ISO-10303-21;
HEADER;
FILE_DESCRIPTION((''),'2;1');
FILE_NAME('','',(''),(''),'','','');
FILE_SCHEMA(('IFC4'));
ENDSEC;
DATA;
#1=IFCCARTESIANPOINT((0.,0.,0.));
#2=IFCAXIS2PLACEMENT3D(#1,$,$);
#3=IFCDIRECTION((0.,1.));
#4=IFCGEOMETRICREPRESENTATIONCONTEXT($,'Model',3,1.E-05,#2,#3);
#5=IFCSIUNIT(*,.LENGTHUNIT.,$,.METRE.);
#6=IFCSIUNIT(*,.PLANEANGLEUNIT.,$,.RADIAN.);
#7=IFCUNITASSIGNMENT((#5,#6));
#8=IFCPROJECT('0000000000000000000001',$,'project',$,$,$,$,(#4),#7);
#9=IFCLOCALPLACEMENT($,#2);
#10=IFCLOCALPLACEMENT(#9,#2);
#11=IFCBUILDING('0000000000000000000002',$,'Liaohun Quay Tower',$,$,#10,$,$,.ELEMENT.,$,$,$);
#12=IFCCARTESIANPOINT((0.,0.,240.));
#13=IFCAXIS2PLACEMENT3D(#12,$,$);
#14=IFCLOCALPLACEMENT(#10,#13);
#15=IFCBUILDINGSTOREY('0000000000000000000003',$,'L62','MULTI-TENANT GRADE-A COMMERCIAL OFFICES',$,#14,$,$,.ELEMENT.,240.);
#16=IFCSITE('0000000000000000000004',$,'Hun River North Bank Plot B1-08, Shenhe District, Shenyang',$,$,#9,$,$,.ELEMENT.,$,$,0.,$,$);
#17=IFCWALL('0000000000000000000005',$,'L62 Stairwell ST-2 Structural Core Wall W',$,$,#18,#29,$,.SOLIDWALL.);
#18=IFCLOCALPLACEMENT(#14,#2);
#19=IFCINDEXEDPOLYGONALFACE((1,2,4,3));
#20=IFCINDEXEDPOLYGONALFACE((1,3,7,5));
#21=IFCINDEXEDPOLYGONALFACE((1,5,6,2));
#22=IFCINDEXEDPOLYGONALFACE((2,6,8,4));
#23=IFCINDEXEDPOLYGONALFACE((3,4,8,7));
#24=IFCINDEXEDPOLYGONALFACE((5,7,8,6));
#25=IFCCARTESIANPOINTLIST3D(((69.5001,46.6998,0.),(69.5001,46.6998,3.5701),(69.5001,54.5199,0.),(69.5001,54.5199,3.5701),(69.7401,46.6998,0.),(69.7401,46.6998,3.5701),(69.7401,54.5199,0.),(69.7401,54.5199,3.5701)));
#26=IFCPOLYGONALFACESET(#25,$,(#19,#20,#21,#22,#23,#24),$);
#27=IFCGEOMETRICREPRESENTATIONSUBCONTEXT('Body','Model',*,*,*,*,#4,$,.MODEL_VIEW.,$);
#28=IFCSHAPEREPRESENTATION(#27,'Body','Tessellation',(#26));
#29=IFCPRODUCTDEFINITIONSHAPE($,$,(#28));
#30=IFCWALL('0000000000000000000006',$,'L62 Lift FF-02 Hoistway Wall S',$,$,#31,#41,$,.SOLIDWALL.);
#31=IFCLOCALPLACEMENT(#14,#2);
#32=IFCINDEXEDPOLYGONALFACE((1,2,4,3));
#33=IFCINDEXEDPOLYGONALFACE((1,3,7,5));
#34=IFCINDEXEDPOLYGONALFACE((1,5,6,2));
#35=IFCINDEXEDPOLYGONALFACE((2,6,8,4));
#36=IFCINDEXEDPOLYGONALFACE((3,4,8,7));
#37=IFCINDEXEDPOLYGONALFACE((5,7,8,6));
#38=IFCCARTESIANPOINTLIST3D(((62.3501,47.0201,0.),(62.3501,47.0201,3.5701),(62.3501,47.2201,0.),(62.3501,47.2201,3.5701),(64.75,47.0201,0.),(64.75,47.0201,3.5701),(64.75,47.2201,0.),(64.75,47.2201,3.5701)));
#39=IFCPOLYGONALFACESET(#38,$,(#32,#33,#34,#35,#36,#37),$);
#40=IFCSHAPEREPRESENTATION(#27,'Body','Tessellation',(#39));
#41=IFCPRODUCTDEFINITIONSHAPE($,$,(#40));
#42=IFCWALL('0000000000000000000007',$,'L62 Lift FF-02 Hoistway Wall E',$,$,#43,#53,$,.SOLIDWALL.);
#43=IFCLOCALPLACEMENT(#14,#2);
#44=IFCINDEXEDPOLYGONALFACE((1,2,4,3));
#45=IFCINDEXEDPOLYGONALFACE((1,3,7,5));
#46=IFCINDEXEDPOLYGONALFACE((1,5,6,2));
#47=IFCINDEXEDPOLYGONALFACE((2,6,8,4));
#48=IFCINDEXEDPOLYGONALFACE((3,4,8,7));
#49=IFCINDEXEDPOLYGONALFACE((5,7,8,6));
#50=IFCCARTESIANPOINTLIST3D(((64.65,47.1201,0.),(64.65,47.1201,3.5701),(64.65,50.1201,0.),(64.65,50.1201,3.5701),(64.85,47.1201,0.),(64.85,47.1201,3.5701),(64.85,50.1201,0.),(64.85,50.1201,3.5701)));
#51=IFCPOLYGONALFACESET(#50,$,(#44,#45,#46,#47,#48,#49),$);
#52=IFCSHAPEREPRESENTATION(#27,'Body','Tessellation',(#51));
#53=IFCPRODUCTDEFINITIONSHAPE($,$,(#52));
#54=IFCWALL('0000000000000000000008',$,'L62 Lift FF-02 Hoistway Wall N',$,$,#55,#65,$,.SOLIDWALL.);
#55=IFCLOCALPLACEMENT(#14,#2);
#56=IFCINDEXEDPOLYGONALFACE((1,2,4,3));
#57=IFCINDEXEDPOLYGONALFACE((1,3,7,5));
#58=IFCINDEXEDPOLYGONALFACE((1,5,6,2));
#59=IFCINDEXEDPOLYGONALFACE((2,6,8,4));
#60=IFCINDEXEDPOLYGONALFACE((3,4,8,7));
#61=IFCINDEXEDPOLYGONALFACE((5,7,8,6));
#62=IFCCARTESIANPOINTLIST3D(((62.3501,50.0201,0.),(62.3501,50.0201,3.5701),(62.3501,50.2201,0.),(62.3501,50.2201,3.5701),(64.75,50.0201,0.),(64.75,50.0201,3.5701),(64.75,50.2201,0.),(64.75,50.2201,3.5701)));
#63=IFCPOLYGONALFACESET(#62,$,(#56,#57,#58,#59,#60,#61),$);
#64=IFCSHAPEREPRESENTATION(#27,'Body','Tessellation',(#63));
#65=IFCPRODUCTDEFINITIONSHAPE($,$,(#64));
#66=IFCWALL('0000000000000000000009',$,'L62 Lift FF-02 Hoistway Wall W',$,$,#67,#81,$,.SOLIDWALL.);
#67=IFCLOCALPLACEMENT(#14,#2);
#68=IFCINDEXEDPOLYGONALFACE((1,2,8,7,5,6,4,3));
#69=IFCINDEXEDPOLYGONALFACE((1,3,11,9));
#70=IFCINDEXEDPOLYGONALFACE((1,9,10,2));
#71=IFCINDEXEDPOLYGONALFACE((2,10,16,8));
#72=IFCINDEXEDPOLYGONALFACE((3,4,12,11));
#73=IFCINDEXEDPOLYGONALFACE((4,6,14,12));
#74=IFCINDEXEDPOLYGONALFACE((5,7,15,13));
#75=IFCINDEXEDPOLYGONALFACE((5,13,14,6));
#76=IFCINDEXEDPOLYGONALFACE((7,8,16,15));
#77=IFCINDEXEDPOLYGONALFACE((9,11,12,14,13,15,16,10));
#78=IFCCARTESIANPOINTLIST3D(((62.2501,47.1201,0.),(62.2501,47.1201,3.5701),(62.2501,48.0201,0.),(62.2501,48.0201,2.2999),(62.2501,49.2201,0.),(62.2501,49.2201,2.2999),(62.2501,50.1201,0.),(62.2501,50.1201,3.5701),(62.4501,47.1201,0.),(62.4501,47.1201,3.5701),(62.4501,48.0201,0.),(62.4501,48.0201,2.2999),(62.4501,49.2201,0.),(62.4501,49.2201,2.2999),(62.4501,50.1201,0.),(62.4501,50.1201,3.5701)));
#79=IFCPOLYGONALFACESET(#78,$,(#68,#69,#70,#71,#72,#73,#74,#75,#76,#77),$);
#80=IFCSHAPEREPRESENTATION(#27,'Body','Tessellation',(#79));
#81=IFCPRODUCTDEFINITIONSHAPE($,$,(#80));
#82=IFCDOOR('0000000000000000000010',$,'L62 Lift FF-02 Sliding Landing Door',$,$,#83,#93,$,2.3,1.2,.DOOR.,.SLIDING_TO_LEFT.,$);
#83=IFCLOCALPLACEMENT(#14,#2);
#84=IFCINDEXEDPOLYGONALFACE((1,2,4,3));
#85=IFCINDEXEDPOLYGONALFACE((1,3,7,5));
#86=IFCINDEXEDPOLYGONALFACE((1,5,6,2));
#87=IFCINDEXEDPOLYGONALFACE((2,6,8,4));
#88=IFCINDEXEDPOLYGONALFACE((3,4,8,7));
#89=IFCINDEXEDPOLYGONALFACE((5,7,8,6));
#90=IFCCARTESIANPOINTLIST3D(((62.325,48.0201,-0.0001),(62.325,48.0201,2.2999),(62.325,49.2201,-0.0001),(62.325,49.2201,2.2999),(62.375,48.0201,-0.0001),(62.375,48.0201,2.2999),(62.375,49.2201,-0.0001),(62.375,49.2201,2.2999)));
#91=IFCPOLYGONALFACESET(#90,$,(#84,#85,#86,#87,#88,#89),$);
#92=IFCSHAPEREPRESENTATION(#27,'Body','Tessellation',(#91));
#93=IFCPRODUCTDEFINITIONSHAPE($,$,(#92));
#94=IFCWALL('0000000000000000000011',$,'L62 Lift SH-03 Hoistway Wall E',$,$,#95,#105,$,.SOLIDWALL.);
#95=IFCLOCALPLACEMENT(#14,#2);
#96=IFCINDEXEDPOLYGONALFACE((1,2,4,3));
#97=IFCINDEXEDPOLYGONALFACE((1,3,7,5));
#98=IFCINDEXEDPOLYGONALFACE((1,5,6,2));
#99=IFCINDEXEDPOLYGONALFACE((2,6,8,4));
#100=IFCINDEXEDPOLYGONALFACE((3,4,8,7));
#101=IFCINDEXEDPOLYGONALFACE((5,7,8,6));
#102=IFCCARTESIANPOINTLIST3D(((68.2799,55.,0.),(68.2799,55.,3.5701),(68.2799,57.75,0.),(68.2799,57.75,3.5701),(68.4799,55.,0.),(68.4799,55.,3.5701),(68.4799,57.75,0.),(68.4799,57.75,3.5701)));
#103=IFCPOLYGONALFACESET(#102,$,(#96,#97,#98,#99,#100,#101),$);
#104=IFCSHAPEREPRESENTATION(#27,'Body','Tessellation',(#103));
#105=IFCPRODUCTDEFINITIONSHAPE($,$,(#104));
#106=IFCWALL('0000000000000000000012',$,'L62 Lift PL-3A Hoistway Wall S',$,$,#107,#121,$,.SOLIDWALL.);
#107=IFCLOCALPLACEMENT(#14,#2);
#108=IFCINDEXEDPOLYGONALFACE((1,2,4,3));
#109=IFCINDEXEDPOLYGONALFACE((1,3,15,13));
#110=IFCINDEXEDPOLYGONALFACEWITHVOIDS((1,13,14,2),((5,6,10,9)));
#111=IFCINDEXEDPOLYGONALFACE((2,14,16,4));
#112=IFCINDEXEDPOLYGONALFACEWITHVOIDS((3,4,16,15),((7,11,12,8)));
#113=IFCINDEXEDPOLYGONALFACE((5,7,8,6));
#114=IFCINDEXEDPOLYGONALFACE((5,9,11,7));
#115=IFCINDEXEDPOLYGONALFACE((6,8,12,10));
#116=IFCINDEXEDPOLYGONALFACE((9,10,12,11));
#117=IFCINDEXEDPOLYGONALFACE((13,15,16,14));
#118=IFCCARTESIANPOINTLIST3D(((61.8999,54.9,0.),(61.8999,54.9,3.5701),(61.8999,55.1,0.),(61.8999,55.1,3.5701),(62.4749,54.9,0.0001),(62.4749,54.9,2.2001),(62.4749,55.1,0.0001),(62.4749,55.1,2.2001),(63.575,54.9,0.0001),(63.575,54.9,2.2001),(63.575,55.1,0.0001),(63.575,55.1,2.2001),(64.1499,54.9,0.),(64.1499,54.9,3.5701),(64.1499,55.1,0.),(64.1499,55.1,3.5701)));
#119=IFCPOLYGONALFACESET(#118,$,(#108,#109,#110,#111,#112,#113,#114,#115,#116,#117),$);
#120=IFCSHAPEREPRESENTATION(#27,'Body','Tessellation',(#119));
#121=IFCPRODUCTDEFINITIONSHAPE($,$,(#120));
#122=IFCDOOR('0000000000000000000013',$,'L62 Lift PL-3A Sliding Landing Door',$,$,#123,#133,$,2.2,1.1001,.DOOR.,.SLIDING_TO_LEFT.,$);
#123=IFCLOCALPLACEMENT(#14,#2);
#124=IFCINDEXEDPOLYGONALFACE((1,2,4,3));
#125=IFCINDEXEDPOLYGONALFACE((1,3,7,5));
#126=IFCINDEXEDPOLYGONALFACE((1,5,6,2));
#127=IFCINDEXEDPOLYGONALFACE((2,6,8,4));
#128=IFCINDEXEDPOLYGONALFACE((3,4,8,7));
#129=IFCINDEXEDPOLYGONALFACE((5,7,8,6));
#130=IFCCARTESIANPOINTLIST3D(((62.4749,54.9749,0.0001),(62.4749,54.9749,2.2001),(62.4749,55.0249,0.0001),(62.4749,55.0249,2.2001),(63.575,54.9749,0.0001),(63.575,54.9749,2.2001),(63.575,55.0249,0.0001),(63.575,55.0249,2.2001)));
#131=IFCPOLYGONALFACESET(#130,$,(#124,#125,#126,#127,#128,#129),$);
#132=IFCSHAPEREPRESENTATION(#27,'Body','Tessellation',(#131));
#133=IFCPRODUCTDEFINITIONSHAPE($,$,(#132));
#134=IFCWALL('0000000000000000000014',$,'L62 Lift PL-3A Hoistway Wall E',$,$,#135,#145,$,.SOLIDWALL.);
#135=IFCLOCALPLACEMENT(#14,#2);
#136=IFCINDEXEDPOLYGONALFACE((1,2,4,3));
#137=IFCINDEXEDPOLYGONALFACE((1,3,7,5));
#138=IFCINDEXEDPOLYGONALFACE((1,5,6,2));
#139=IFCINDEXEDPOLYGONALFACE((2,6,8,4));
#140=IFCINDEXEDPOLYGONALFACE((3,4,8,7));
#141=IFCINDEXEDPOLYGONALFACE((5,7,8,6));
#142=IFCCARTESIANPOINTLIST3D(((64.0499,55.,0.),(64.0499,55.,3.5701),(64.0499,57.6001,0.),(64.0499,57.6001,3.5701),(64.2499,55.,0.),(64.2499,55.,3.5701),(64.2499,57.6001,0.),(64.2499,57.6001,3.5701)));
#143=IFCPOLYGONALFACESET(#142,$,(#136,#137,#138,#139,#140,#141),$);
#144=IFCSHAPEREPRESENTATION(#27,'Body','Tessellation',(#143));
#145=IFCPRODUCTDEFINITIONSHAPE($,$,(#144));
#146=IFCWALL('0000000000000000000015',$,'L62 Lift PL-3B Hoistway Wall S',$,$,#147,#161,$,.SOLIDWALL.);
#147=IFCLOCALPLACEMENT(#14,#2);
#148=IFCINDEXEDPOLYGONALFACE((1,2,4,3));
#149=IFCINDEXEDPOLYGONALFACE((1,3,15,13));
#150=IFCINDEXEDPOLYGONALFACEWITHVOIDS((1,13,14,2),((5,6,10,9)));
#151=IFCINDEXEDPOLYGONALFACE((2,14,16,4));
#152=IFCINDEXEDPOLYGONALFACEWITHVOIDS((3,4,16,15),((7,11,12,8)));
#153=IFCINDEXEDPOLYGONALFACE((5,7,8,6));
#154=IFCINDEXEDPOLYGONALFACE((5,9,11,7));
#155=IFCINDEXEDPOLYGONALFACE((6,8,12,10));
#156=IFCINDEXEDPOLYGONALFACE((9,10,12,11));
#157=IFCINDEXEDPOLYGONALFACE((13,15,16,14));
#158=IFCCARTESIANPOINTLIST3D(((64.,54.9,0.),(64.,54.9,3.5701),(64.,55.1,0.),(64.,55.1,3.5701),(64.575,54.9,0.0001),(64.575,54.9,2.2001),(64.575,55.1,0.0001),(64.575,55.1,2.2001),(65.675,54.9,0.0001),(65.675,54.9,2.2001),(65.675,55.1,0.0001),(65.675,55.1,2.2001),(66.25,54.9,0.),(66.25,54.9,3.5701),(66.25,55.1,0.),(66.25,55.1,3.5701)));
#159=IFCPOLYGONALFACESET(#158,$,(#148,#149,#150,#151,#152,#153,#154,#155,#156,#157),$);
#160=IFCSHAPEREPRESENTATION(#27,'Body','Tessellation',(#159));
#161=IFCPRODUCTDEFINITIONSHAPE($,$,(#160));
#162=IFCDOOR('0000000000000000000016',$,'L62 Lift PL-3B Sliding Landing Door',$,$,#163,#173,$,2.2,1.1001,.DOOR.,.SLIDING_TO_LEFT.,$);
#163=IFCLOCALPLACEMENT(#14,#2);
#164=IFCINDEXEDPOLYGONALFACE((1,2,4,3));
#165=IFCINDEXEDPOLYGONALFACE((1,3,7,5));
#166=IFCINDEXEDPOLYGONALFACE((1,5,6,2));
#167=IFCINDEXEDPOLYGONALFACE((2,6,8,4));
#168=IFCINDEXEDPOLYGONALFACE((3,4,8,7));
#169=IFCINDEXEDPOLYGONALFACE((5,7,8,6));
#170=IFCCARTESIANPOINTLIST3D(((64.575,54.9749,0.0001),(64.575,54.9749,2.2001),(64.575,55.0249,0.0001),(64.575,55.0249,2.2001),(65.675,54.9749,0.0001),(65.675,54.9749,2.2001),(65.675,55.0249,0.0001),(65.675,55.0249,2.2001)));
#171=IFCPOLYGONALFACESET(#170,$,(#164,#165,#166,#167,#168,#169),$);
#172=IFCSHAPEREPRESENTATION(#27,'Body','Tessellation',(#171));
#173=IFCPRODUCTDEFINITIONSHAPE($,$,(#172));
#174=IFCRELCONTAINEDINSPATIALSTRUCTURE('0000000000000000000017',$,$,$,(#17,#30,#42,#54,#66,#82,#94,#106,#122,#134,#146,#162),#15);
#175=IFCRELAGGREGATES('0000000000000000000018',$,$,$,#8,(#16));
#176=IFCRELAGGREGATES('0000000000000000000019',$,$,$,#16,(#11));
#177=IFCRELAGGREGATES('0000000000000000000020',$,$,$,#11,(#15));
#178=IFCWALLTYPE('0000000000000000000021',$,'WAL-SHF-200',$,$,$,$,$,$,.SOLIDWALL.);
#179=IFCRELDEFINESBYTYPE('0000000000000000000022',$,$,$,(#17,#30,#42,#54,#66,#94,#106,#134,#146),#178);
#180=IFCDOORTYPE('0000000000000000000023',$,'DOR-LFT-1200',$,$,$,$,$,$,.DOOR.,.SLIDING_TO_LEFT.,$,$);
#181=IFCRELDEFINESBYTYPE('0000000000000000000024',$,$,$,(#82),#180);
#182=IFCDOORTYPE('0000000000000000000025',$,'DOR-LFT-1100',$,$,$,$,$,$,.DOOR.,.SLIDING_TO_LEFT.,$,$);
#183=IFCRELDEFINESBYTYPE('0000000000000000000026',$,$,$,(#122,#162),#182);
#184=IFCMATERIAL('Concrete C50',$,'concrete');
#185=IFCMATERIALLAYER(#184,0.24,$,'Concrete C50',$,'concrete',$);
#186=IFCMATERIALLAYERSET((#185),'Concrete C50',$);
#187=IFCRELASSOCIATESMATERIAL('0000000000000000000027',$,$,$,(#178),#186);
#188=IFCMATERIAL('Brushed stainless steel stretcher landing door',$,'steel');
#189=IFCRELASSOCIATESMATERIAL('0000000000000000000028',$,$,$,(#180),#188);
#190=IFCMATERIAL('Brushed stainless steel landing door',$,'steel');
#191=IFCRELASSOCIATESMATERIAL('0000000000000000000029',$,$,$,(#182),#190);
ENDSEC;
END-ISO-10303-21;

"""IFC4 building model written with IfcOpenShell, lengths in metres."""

from ifc_helpers import new_model, si_unit, direction, frame, frame_2d, origin, place, context, subcontext, project, spatial, rectangle, extrude, source, transform, mapped, material, layer, layer_set, type_object, element, fill, save


model = new_model("IFC4")

# Units and contexts
model_context = context("Model", 3, precision=1e-05, world=origin(), true_north=direction((0.0, 1.0)))
body_context = subcontext(model_context, "Body", "Model", "MODEL_VIEW")
ifc_project = project(units=[si_unit("LENGTHUNIT", "METRE"), si_unit("PLANEANGLEUNIT", "RADIAN")], contexts=[model_context])

# Site, building, storey
site_placement = place(None, origin())
site = spatial("IfcSite", under=ifc_project, at=site_placement, Name="Hun River North Bank Plot B1-08, Shenhe District, Shenyang", CompositionType="ELEMENT", RefElevation=0.0)
building_placement = place(site_placement, origin())
building = spatial("IfcBuilding", under=site, at=building_placement, Name="Liaohun Quay Tower", CompositionType="ELEMENT")
storey_placement = place(building_placement, frame((0.0, 0.0, 240.0)))
storey = spatial("IfcBuildingStorey", under=building, at=storey_placement, Name="L62", Description="MULTI-TENANT GRADE-A COMMERCIAL OFFICES", CompositionType="ELEMENT", Elevation=240.0)

# Shared definitions
ifc_material_1 = material(Name="Concrete C50", Category="concrete")
ifc_layer_1 = layer(ifc_material_1, 0.24, Name="Concrete C50", Category="concrete")
ifc_layer_set_1 = layer_set([ifc_layer_1], Name="Concrete C50")
wall_type_1 = type_object("IfcWallType", Name="WAL-SHF-200", PredefinedType="SOLIDWALL", material=ifc_layer_set_1)

# Walls
wall_1_placement = place(storey_placement, frame((69.6201, 54.52, 0.0), z_axis=(0.0, 0.0, 1.0), x_axis=(0.0, -1.0, 0.0)))
element("IfcWall", 1, at=wall_1_placement, inside=storey, type_object=wall_type_1, Name="L62 Stairwell ST-2 Structural Core Wall W", PredefinedType="SOLIDWALL", context=body_context, shape_type="SweptSolid", body=[
    extrude(rectangle(XDim=7.8201, YDim=0.24, at=frame_2d((3.9102, 0.0))), origin(), (0.0, 0.0, 1.0), 3.5701),
])
wall_2_placement = place(storey_placement, frame((62.3501, 47.1201, 0.0), z_axis=(0.0, 0.0, 1.0), x_axis=(1.0, 0.0, 0.0)))
element("IfcWall", 2, at=wall_2_placement, inside=storey, type_object=wall_type_1, Name="L62 Lift FF-02 Hoistway Wall S", PredefinedType="SOLIDWALL", context=body_context, shape_type="SweptSolid", body=[
    extrude(rectangle(XDim=2.3999, YDim=0.2, at=frame_2d((1.2, 0.0))), origin(), (0.0, 0.0, 1.0), 3.5701),
])
wall_3_placement = place(storey_placement, frame((64.75, 47.1201, 0.0), z_axis=(0.0, 0.0, 1.0), x_axis=(0.0, 1.0, 0.0)))
element("IfcWall", 3, at=wall_3_placement, inside=storey, type_object=wall_type_1, Name="L62 Lift FF-02 Hoistway Wall E", PredefinedType="SOLIDWALL", context=body_context, shape_type="SweptSolid", body=[
    extrude(rectangle(XDim=3.0, YDim=0.2, at=frame_2d((1.5, 0.0))), origin(), (0.0, 0.0, 1.0), 3.5701),
])
wall_4_placement = place(storey_placement, frame((64.75, 50.1201, 0.0), z_axis=(0.0, 0.0, 1.0), x_axis=(-1.0, 0.0, 0.0)))
element("IfcWall", 4, at=wall_4_placement, inside=storey, type_object=wall_type_1, Name="L62 Lift FF-02 Hoistway Wall N", PredefinedType="SOLIDWALL", context=body_context, shape_type="SweptSolid", body=[
    extrude(rectangle(XDim=2.3999, YDim=0.2, at=frame_2d((1.2, 0.0))), origin(), (0.0, 0.0, 1.0), 3.5701),
])

# Wall, opening, door
wall_5_placement = place(storey_placement, frame((62.3501, 50.1201, 0.0), z_axis=(0.0, 0.0, 1.0), x_axis=(0.0, -1.0, 0.0)))
wall_5 = element("IfcWall", 5, at=wall_5_placement, inside=storey, type_object=wall_type_1, Name="L62 Lift FF-02 Hoistway Wall W", PredefinedType="SOLIDWALL", context=body_context, shape_type="SweptSolid", body=[
    extrude(rectangle(XDim=3.0, YDim=0.2, at=frame_2d((1.5, 0.0))), origin(), (0.0, 0.0, 1.0), 3.5701),
])
shared_shape_1 = source(origin(), body_context, "Body", "SweptSolid", [
    extrude(rectangle(XDim=1.2, YDim=2.3, at=frame_2d((0.6001, 1.1499))), frame((0.0, 0.1099, 0.0), z_axis=(0.0, -1.0, 0.0), x_axis=(1.0, 0.0, 0.0)), (0.0, 0.0, 1.0), 0.22),
])
opening_1_placement = place(wall_5_placement, frame((0.8999, 0.0, 0.0)))
opening_1 = element("IfcOpeningElement", 6, at=opening_1_placement, cuts=wall_5, PredefinedType="OPENING", context=body_context, shape_type="MappedRepresentation", body=[
    mapped(shared_shape_1, transform((0.0, 0.0, 0.0), x_axis=(1.0, 0.0, 0.0), y_axis=(0.0, 1.0, 0.0), z_axis=(0.0, 0.0, 1.0), scale=1.0)),
])
ifc_material_2 = material(Name="Brushed stainless steel stretcher landing door", Category="steel")
door_type_1 = type_object("IfcDoorType", Name="DOR-LFT-1200", OperationType="SLIDING_TO_LEFT", PredefinedType="DOOR", material=ifc_material_2)
shared_shape_2 = source(origin(), body_context, "Body", "SweptSolid", [
    extrude(rectangle(XDim=1.2, YDim=2.3, at=frame_2d((0.6001, 1.1499))), frame((0.0, 0.0249, 0.0), z_axis=(0.0, -1.0, 0.0), x_axis=(1.0, 0.0, 0.0)), (0.0, 0.0, 1.0), 0.05),
])
door_1_placement = place(opening_1_placement, origin())
door_1 = element("IfcDoor", 7, at=door_1_placement, inside=storey, type_object=door_type_1, Name="L62 Lift FF-02 Sliding Landing Door", OperationType="SLIDING_TO_LEFT", OverallHeight=2.3, OverallWidth=1.2, PredefinedType="DOOR", context=body_context, shape_type="MappedRepresentation", body=[
    mapped(shared_shape_2, transform((0.0, 0.0, 0.0), x_axis=(1.0, 0.0, 0.0), y_axis=(0.0, 1.0, 0.0), z_axis=(0.0, 0.0, 1.0), scale=1.0)),
])
fill(opening_1, door_1)

# Wall
wall_6_placement = place(storey_placement, frame((68.3799, 55.0, 0.0), z_axis=(0.0, 0.0, 1.0), x_axis=(0.0, 1.0, 0.0)))
element("IfcWall", 8, at=wall_6_placement, inside=storey, type_object=wall_type_1, Name="L62 Lift SH-03 Hoistway Wall E", PredefinedType="SOLIDWALL", context=body_context, shape_type="SweptSolid", body=[
    extrude(rectangle(XDim=2.75, YDim=0.2, at=frame_2d((1.375, 0.0))), origin(), (0.0, 0.0, 1.0), 3.5701),
])

# Wall, opening, door
wall_7_placement = place(storey_placement, frame((61.8999, 55.0, 0.0), z_axis=(0.0, 0.0, 1.0), x_axis=(1.0, 0.0, 0.0)))
wall_7 = element("IfcWall", 9, at=wall_7_placement, inside=storey, type_object=wall_type_1, Name="L62 Lift PL-3A Hoistway Wall S", PredefinedType="SOLIDWALL", context=body_context, shape_type="SweptSolid", body=[
    extrude(rectangle(XDim=2.25, YDim=0.2, at=frame_2d((1.125, 0.0))), origin(), (0.0, 0.0, 1.0), 3.5701),
])
shared_shape_3 = source(origin(), body_context, "Body", "SweptSolid", [
    extrude(rectangle(XDim=1.1001, YDim=2.2, at=frame_2d((0.55, 1.1001))), frame((0.0, 0.1099, 0.0), z_axis=(0.0, -1.0, 0.0), x_axis=(1.0, 0.0, 0.0)), (0.0, 0.0, 1.0), 0.22),
])
opening_2_placement = place(wall_7_placement, frame((0.575, 0.0, 0.0)))
opening_2 = element("IfcOpeningElement", 10, at=opening_2_placement, cuts=wall_7, PredefinedType="OPENING", context=body_context, shape_type="MappedRepresentation", body=[
    mapped(shared_shape_3, transform((0.0, 0.0, 0.0), x_axis=(1.0, 0.0, 0.0), y_axis=(0.0, 1.0, 0.0), z_axis=(0.0, 0.0, 1.0), scale=1.0)),
])
ifc_material_3 = material(Name="Brushed stainless steel landing door", Category="steel")
door_type_2 = type_object("IfcDoorType", Name="DOR-LFT-1100", OperationType="SLIDING_TO_LEFT", PredefinedType="DOOR", material=ifc_material_3)
shared_shape_4 = source(origin(), body_context, "Body", "SweptSolid", [
    extrude(rectangle(XDim=1.1001, YDim=2.2, at=frame_2d((0.55, 1.1001))), frame((0.0, 0.0249, 0.0), z_axis=(0.0, -1.0, 0.0), x_axis=(1.0, 0.0, 0.0)), (0.0, 0.0, 1.0), 0.05),
])
door_2_placement = place(opening_2_placement, origin())
door_2 = element("IfcDoor", 11, at=door_2_placement, inside=storey, type_object=door_type_2, Name="L62 Lift PL-3A Sliding Landing Door", OperationType="SLIDING_TO_LEFT", OverallHeight=2.2, OverallWidth=1.1001, PredefinedType="DOOR", context=body_context, shape_type="MappedRepresentation", body=[
    mapped(shared_shape_4, transform((0.0, 0.0, 0.0), x_axis=(1.0, 0.0, 0.0), y_axis=(0.0, 1.0, 0.0), z_axis=(0.0, 0.0, 1.0), scale=1.0)),
])
fill(opening_2, door_2)

# Wall
wall_8_placement = place(storey_placement, frame((64.1499, 55.0, 0.0), z_axis=(0.0, 0.0, 1.0), x_axis=(0.0, 1.0, 0.0)))
element("IfcWall", 12, at=wall_8_placement, inside=storey, type_object=wall_type_1, Name="L62 Lift PL-3A Hoistway Wall E", PredefinedType="SOLIDWALL", context=body_context, shape_type="SweptSolid", body=[
    extrude(rectangle(XDim=2.6001, YDim=0.2, at=frame_2d((1.3, 0.0))), origin(), (0.0, 0.0, 1.0), 3.5701),
])

# Wall, opening, door
wall_9_placement = place(storey_placement, frame((64.0, 55.0, 0.0), z_axis=(0.0, 0.0, 1.0), x_axis=(1.0, 0.0, 0.0)))
wall_9 = element("IfcWall", 13, at=wall_9_placement, inside=storey, type_object=wall_type_1, Name="L62 Lift PL-3B Hoistway Wall S", PredefinedType="SOLIDWALL", context=body_context, shape_type="SweptSolid", body=[
    extrude(rectangle(XDim=2.25, YDim=0.2, at=frame_2d((1.125, 0.0))), origin(), (0.0, 0.0, 1.0), 3.5701),
])
opening_3_placement = place(wall_9_placement, frame((0.575, 0.0, 0.0)))
opening_3 = element("IfcOpeningElement", 14, at=opening_3_placement, cuts=wall_9, PredefinedType="OPENING", context=body_context, shape_type="MappedRepresentation", body=[
    mapped(shared_shape_3, transform((0.0, 0.0, 0.0), x_axis=(1.0, 0.0, 0.0), y_axis=(0.0, 1.0, 0.0), z_axis=(0.0, 0.0, 1.0), scale=1.0)),
])
door_3_placement = place(opening_3_placement, origin())
door_3 = element("IfcDoor", 15, at=door_3_placement, inside=storey, type_object=door_type_2, Name="L62 Lift PL-3B Sliding Landing Door", OperationType="SLIDING_TO_LEFT", OverallHeight=2.2, OverallWidth=1.1001, PredefinedType="DOOR", context=body_context, shape_type="MappedRepresentation", body=[
    mapped(shared_shape_4, transform((0.0, 0.0, 0.0), x_axis=(1.0, 0.0, 0.0), y_axis=(0.0, 1.0, 0.0), z_axis=(0.0, 0.0, 1.0), scale=1.0)),
])
fill(opening_3, door_3)

save(model, "model.ifc")
